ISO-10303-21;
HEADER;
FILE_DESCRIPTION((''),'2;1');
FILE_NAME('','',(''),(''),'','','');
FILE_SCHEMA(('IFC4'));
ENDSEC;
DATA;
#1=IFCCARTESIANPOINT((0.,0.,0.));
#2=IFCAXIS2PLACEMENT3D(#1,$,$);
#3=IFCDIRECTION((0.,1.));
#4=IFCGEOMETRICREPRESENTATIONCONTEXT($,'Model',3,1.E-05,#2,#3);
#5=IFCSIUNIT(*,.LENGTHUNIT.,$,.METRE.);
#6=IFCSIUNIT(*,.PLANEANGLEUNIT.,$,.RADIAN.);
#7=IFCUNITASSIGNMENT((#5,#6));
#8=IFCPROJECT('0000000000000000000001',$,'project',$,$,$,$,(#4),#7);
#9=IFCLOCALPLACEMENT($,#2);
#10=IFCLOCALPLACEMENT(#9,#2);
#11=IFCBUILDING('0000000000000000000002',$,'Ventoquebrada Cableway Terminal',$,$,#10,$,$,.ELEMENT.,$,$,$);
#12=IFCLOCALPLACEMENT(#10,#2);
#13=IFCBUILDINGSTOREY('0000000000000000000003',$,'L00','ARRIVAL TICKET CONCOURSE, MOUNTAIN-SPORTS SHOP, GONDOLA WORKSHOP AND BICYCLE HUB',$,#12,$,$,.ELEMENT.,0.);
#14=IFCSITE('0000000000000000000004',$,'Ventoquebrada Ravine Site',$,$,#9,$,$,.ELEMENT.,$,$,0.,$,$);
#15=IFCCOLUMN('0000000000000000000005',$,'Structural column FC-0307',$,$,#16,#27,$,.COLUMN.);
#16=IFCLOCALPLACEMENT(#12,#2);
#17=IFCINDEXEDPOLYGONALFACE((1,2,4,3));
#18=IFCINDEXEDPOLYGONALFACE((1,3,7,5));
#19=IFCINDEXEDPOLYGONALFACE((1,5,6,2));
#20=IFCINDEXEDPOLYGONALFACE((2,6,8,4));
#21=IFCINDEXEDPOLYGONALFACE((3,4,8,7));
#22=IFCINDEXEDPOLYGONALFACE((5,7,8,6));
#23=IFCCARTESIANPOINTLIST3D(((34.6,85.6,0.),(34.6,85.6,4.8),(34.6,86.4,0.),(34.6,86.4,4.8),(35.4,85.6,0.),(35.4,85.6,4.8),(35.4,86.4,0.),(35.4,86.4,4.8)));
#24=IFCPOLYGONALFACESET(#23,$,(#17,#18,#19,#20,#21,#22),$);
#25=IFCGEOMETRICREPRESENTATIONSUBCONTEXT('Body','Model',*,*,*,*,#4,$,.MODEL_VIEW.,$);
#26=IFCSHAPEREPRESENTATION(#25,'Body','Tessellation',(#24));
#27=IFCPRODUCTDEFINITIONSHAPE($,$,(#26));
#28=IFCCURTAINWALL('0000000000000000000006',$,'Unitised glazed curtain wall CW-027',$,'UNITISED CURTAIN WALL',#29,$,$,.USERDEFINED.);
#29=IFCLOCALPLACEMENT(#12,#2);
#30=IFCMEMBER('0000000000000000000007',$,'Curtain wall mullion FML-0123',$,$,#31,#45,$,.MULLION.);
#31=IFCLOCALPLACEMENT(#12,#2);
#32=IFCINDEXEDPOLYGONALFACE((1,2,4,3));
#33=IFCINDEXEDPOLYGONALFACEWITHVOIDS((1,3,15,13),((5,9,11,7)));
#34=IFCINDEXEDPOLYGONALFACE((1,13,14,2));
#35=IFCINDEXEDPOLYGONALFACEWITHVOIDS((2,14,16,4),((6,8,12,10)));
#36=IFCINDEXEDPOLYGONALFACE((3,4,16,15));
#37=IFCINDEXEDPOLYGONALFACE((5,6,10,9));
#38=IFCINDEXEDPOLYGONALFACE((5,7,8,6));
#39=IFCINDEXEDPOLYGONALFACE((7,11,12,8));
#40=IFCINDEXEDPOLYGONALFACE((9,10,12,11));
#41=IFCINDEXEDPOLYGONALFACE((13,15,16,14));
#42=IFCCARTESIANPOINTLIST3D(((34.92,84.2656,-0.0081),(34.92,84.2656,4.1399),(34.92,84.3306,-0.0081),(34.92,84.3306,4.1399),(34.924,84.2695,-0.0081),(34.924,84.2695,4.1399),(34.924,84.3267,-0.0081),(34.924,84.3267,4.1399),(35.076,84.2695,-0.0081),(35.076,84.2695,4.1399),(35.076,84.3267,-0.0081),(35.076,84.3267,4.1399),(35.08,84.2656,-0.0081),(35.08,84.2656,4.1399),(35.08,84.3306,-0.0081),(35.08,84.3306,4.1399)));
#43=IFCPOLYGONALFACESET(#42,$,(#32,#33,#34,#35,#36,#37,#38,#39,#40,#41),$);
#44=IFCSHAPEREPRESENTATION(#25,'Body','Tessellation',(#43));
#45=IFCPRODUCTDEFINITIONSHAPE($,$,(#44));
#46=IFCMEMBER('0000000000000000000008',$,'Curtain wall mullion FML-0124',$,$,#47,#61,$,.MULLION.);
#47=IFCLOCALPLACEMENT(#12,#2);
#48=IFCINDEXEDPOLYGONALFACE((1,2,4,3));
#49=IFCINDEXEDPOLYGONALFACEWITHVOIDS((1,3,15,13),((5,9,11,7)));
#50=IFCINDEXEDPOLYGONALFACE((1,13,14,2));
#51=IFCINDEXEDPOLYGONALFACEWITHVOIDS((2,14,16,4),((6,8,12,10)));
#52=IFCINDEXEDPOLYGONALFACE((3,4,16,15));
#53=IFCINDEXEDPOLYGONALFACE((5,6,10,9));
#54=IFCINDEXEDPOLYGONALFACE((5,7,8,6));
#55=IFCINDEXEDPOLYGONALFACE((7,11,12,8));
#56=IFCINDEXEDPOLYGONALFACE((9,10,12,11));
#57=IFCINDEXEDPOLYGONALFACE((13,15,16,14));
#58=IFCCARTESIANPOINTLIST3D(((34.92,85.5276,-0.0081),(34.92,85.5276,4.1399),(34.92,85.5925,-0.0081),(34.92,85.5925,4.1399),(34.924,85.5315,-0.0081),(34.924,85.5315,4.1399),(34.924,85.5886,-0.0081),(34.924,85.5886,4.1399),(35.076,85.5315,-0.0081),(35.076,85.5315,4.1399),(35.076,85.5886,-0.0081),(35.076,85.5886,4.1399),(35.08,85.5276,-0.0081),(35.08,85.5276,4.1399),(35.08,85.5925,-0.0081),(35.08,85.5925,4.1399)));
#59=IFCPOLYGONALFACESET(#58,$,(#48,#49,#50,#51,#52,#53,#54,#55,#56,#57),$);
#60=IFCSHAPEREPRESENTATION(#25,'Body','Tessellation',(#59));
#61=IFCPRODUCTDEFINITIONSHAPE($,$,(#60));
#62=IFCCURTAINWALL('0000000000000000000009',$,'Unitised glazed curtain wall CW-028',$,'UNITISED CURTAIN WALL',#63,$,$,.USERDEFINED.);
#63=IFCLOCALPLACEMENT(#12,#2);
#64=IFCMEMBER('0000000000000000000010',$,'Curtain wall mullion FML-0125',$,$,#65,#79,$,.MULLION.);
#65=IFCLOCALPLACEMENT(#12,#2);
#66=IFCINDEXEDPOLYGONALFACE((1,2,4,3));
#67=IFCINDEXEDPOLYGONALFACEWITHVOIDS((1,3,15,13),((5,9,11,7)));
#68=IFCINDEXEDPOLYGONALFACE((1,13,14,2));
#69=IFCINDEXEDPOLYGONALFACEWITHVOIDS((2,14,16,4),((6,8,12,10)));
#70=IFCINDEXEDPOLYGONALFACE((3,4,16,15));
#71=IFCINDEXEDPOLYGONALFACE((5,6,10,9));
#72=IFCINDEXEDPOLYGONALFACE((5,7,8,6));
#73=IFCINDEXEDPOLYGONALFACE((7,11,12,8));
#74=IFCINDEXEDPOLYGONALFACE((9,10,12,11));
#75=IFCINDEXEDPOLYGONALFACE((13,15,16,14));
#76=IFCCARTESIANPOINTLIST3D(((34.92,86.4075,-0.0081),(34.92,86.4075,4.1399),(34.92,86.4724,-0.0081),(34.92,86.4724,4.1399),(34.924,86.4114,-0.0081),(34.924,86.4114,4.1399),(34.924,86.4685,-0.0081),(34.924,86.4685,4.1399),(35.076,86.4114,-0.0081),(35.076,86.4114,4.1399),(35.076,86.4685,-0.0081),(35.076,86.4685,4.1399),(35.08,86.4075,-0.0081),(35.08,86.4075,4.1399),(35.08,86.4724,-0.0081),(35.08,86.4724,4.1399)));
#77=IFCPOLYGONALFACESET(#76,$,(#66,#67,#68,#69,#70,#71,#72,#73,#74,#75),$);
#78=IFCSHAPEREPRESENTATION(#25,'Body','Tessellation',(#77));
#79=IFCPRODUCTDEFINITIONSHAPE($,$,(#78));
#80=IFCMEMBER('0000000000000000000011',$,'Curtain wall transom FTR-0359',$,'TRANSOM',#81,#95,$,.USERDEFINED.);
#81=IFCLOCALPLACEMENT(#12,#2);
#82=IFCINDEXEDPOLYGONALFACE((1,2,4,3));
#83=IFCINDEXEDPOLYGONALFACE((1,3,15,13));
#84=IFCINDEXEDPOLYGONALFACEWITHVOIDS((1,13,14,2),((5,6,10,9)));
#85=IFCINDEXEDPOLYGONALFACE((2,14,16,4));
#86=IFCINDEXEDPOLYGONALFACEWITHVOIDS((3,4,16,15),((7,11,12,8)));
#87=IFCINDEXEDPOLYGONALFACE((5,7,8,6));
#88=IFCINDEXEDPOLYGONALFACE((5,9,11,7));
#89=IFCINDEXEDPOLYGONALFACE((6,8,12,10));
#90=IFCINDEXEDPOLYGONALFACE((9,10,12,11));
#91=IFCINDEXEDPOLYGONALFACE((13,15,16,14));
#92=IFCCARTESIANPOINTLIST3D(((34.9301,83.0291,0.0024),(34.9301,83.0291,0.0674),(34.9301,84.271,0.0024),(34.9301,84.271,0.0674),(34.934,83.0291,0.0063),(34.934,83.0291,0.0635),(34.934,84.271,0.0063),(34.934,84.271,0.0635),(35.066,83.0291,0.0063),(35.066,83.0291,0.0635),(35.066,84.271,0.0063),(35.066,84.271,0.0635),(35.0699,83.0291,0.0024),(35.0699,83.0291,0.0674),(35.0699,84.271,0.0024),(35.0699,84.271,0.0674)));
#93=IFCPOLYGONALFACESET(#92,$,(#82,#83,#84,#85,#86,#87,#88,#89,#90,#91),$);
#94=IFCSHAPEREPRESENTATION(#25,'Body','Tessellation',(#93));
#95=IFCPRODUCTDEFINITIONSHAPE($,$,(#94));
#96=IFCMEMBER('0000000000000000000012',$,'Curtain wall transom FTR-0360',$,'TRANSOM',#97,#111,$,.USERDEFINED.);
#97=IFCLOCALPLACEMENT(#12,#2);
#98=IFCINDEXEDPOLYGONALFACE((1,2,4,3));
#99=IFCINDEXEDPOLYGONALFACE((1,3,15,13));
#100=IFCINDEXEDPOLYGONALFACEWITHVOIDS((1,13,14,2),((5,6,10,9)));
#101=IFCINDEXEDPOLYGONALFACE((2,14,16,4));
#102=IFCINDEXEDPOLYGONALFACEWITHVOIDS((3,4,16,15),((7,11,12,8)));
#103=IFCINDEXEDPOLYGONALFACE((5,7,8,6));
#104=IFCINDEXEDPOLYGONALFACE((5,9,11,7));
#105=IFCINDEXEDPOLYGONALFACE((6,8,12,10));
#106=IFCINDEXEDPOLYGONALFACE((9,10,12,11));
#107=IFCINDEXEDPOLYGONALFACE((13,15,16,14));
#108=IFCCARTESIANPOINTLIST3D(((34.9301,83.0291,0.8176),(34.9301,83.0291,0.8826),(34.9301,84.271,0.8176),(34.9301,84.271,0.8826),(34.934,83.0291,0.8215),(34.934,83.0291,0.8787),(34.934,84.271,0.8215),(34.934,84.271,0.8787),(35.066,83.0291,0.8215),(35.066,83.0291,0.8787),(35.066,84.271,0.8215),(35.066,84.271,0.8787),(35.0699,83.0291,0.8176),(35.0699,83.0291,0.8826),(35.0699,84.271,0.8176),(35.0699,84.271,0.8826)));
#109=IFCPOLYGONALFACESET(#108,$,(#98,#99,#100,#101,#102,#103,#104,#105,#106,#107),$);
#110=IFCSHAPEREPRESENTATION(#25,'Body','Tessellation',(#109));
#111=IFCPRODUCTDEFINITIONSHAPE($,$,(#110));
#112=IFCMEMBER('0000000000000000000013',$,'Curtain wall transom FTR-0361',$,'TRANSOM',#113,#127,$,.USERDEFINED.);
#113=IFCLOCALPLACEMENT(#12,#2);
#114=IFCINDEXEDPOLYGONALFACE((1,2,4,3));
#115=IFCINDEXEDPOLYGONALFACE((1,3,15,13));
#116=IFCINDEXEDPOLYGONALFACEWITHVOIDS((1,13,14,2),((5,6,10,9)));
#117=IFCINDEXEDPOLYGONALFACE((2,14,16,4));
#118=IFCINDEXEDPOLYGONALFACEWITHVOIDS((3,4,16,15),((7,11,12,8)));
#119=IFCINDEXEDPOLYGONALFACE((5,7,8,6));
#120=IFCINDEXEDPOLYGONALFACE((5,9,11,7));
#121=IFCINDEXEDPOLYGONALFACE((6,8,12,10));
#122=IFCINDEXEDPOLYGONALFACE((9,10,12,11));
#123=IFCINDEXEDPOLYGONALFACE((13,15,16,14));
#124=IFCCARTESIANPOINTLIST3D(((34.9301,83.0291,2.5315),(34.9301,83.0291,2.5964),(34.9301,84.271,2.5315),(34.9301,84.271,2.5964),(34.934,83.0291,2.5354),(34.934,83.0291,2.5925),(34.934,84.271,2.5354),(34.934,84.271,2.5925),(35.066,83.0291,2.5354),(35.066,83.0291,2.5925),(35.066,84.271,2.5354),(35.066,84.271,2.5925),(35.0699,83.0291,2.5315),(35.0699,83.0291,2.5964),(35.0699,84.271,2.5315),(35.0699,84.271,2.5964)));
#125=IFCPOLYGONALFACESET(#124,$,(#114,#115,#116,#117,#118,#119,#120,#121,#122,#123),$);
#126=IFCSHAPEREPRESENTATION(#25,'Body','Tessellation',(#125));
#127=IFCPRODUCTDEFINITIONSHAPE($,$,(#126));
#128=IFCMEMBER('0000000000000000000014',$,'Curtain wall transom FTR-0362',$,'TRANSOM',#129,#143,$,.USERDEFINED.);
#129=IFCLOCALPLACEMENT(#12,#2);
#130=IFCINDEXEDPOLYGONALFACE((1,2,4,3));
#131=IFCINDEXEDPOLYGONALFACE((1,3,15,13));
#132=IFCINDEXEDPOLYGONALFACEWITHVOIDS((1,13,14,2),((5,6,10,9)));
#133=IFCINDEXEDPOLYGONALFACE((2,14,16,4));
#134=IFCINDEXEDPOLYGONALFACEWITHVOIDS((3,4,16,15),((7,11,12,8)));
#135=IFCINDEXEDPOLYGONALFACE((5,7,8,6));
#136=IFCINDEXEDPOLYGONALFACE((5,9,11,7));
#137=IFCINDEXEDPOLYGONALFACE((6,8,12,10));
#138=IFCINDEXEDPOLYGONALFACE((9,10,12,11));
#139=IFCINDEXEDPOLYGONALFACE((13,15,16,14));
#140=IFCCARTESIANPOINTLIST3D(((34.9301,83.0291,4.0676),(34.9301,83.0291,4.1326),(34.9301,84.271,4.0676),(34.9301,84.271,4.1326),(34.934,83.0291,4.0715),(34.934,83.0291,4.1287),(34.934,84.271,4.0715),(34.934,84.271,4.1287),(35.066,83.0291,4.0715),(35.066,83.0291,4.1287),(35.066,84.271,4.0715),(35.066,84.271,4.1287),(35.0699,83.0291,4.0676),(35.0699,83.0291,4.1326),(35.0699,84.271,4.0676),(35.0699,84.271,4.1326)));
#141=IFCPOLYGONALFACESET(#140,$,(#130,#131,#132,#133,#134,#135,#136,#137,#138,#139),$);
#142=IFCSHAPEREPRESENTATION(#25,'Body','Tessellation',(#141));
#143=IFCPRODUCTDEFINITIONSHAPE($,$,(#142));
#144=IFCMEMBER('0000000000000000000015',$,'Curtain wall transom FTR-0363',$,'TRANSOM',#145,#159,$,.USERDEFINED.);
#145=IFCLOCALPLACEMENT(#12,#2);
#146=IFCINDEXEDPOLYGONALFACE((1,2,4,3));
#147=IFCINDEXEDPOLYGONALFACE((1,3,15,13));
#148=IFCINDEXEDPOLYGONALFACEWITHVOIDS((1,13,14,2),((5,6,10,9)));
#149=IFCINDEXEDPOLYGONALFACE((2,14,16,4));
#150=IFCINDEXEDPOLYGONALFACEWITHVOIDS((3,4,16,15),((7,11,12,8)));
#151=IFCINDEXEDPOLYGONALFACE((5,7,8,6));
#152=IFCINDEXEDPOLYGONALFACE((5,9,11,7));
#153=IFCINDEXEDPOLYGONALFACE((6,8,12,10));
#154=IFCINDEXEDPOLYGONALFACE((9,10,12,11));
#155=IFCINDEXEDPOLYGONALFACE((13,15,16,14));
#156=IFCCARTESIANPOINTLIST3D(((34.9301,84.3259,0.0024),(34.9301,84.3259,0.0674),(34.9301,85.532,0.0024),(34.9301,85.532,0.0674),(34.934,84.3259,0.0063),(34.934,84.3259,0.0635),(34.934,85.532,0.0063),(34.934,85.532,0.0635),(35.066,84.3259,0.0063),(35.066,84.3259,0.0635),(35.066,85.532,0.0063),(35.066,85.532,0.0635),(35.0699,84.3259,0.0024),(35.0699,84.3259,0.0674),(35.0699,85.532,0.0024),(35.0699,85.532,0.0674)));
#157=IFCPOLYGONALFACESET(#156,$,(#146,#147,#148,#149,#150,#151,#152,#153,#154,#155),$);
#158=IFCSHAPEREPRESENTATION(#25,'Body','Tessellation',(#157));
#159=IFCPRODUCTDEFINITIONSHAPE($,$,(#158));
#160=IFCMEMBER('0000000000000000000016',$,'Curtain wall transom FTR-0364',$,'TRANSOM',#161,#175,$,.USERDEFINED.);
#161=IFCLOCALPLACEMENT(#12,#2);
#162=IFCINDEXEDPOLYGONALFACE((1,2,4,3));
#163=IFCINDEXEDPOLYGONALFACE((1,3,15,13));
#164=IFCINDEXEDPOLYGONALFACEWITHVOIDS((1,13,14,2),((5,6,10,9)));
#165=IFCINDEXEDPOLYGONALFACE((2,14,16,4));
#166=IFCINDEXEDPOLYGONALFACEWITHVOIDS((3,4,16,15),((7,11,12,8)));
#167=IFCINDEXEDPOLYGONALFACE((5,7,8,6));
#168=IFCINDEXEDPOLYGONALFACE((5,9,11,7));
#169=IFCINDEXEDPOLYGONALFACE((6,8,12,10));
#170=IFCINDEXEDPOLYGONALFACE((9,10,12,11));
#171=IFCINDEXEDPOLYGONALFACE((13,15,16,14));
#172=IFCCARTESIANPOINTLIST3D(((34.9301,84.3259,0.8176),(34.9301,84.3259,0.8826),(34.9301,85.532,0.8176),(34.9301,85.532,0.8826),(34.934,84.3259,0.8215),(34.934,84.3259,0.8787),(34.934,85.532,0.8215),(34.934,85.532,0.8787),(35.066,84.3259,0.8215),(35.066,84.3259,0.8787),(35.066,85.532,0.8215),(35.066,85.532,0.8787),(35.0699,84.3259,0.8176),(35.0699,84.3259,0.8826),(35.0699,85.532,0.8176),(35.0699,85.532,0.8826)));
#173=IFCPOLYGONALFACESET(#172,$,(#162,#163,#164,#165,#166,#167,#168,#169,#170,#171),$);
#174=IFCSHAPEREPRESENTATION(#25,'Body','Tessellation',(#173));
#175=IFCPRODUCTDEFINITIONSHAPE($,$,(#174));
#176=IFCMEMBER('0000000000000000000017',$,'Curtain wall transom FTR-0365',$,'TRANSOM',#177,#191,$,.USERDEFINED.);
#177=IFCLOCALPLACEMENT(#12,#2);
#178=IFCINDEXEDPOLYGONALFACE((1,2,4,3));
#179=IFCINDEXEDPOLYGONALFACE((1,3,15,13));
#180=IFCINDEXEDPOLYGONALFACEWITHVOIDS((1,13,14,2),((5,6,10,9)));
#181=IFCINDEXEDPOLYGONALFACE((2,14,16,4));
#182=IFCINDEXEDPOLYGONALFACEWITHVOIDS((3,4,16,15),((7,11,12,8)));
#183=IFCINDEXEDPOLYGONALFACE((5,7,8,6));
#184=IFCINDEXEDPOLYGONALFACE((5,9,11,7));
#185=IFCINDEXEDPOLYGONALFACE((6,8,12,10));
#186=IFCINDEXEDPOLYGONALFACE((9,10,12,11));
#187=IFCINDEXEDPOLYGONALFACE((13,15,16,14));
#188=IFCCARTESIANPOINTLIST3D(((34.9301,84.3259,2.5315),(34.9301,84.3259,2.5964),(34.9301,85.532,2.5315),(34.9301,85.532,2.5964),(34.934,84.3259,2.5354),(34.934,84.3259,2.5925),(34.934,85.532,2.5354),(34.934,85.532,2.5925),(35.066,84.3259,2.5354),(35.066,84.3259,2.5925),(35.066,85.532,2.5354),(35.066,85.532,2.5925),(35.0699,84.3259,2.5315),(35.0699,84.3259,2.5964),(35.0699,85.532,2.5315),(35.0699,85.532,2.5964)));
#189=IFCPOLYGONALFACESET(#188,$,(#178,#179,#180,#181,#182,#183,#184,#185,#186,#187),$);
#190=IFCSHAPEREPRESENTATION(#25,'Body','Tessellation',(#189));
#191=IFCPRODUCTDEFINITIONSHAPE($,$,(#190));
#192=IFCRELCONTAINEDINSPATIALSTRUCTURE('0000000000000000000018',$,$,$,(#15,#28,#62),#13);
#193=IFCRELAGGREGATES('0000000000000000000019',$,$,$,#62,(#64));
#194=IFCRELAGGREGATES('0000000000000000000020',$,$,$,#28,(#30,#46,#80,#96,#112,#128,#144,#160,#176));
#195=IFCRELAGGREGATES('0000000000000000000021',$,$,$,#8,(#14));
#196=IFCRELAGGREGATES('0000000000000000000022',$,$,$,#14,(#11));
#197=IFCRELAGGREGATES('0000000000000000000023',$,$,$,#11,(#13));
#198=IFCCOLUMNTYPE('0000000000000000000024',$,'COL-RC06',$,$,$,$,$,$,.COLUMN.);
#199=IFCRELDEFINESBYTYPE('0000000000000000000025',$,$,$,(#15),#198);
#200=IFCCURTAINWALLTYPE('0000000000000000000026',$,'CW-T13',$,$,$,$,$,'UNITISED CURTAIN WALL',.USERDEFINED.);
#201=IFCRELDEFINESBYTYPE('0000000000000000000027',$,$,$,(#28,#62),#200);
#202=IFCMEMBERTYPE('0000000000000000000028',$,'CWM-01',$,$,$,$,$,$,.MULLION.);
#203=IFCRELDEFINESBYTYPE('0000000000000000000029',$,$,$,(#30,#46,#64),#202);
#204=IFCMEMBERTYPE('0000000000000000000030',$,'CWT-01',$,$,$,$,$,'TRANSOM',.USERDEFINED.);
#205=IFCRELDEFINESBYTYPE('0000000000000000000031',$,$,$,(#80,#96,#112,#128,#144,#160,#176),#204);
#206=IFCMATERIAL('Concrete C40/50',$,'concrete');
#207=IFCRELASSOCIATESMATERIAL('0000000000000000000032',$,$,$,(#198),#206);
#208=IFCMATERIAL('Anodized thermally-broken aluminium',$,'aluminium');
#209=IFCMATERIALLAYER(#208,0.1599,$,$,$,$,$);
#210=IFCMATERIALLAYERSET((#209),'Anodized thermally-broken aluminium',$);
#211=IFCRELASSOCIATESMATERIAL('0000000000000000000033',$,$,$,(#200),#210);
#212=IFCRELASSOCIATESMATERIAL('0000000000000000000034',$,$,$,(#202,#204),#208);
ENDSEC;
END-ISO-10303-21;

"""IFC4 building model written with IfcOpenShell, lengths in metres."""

from ifc_helpers import new_model, si_unit, direction, frame, origin, origin_2d, place, context, subcontext, project, spatial, rectangle, hollow_rectangle, extrude, material, layer, layer_set, material_profile, profile_set, type_object, element, aggregate, save


model = new_model("IFC4")

# Units and contexts
model_context = context("Model", 3, precision=1e-05, world=origin(), true_north=direction((0.0, 1.0)))
body_context = subcontext(model_context, "Body", "Model", "MODEL_VIEW")
ifc_project = project(units=[si_unit("LENGTHUNIT", "METRE"), si_unit("PLANEANGLEUNIT", "RADIAN")], contexts=[model_context])

# Site, building, storey
site_placement = place(None, origin())
site = spatial("IfcSite", under=ifc_project, at=site_placement, Name="Ventoquebrada Ravine Site", CompositionType="ELEMENT", RefElevation=0.0)
building_placement = place(site_placement, origin())
building = spatial("IfcBuilding", under=site, at=building_placement, Name="Ventoquebrada Cableway Terminal", CompositionType="ELEMENT")
storey_placement = place(building_placement, origin())
storey = spatial("IfcBuildingStorey", under=building, at=storey_placement, Name="L00", Description="ARRIVAL TICKET CONCOURSE, MOUNTAIN-SPORTS SHOP, GONDOLA WORKSHOP AND BICYCLE HUB", CompositionType="ELEMENT", Elevation=0.0)

# Column
ifc_material_1 = material(Name="Concrete C40/50", Category="concrete")
ifc_material_profile_1 = material_profile(ifc_material_1, rectangle(XDim=0.8, YDim=0.8, at=origin_2d()), Name="RC-COL-800X800")
ifc_profile_set_1 = profile_set([ifc_material_profile_1], Name="Concrete C40/50")
column_type = type_object("IfcColumnType", Name="COL-RC06", PredefinedType="COLUMN", material=ifc_profile_set_1)
column_placement = place(storey_placement, frame((35.0, 86.0, 0.0), z_axis=(0.0, 0.0, 1.0), x_axis=(1.0, 0.0, 0.0)))
element("IfcColumn", 1, at=column_placement, inside=storey, type_object=column_type, Name="Structural column FC-0307", PredefinedType="COLUMN", context=body_context, shape_type="SweptSolid", body=[
    extrude(rectangle(XDim=0.8, YDim=0.8, at=origin_2d()), origin(), (0.0, 0.0, 1.0), 4.8),
])

# Curtain wall, members
ifc_material_2 = material(Name="Anodized thermally-broken aluminium", Category="aluminium")
ifc_layer_1 = layer(ifc_material_2, 0.1599)
ifc_layer_set_1 = layer_set([ifc_layer_1], Name="Anodized thermally-broken aluminium")
curtain_wall_type = type_object("IfcCurtainWallType", Name="CW-T13", ElementType="UNITISED CURTAIN WALL", PredefinedType="USERDEFINED", material=ifc_layer_set_1)
curtain_wall_1_placement = place(storey_placement, origin())
curtain_wall_1 = element("IfcCurtainWall", 2, at=curtain_wall_1_placement, inside=storey, type_object=curtain_wall_type, Name="Unitised glazed curtain wall CW-027", ObjectType="UNITISED CURTAIN WALL", PredefinedType="USERDEFINED")
ifc_material_profile_2 = material_profile(ifc_material_2, hollow_rectangle(XDim=0.0649, YDim=0.1599, WallThickness=0.0039, at=origin_2d()), Name="CW-MUL-65X160")
ifc_profile_set_2 = profile_set([ifc_material_profile_2], Name="Anodized thermally-broken aluminium")
member_type_1 = type_object("IfcMemberType", Name="CWM-01", PredefinedType="MULLION", material=ifc_profile_set_2)
member_1_placement = place(storey_placement, frame((35.0, 84.2981, -0.0081), z_axis=(0.0, 0.0, 1.0), x_axis=(0.0, 1.0, 0.0)))
member_1 = element("IfcMember", 3, at=member_1_placement, type_object=member_type_1, Name="Curtain wall mullion FML-0123", PredefinedType="MULLION", context=body_context, shape_type="SweptSolid", body=[
    extrude(hollow_rectangle(XDim=0.0649, YDim=0.1599, WallThickness=0.0039, at=origin_2d()), origin(), (0.0, 0.0, 1.0), 4.1479),
])
member_2_placement = place(storey_placement, frame((35.0, 85.5601, -0.0081), z_axis=(0.0, 0.0, 1.0), x_axis=(0.0, 1.0, 0.0)))
member_2 = element("IfcMember", 4, at=member_2_placement, type_object=member_type_1, Name="Curtain wall mullion FML-0124", PredefinedType="MULLION", context=body_context, shape_type="SweptSolid", body=[
    extrude(hollow_rectangle(XDim=0.0649, YDim=0.1599, WallThickness=0.0039, at=origin_2d()), origin(), (0.0, 0.0, 1.0), 4.1479),
])

# Curtain wall, member
curtain_wall_2_placement = place(storey_placement, origin())
curtain_wall_2 = element("IfcCurtainWall", 5, at=curtain_wall_2_placement, inside=storey, type_object=curtain_wall_type, Name="Unitised glazed curtain wall CW-028", ObjectType="UNITISED CURTAIN WALL", PredefinedType="USERDEFINED")
member_3_placement = place(storey_placement, frame((35.0, 86.4399, -0.0081), z_axis=(0.0, 0.0, 1.0), x_axis=(0.0, 1.0, 0.0)))
member_3 = element("IfcMember", 6, at=member_3_placement, type_object=member_type_1, Name="Curtain wall mullion FML-0125", PredefinedType="MULLION", context=body_context, shape_type="SweptSolid", body=[
    extrude(hollow_rectangle(XDim=0.0649, YDim=0.1599, WallThickness=0.0039, at=origin_2d()), origin(), (0.0, 0.0, 1.0), 4.1479),
])

# Members
ifc_material_profile_3 = material_profile(ifc_material_2, hollow_rectangle(XDim=0.0649, YDim=0.1399, WallThickness=0.0039, at=origin_2d()), Name="CW-TRN-65X140")
ifc_profile_set_3 = profile_set([ifc_material_profile_3], Name="Anodized thermally-broken aluminium")
member_type_2 = type_object("IfcMemberType", Name="CWT-01", ElementType="TRANSOM", PredefinedType="USERDEFINED", material=ifc_profile_set_3)
member_4_placement = place(storey_placement, frame((35.0, 83.0291, 0.0349), z_axis=(0.0, 1.0, 0.0), x_axis=(0.0, 0.0, 1.0)))
member_4 = element("IfcMember", 7, at=member_4_placement, type_object=member_type_2, Name="Curtain wall transom FTR-0359", ObjectType="TRANSOM", PredefinedType="USERDEFINED", context=body_context, shape_type="SweptSolid", body=[
    extrude(hollow_rectangle(XDim=0.0649, YDim=0.1399, WallThickness=0.0039, at=origin_2d()), origin(), (0.0, 0.0, 1.0), 1.2419),
])
member_5_placement = place(storey_placement, frame((35.0, 83.0291, 0.8501), z_axis=(0.0, 1.0, 0.0), x_axis=(0.0, 0.0, 1.0)))
member_5 = element("IfcMember", 8, at=member_5_placement, type_object=member_type_2, Name="Curtain wall transom FTR-0360", ObjectType="TRANSOM", PredefinedType="USERDEFINED", context=body_context, shape_type="SweptSolid", body=[
    extrude(hollow_rectangle(XDim=0.0649, YDim=0.1399, WallThickness=0.0039, at=origin_2d()), origin(), (0.0, 0.0, 1.0), 1.2419),
])
member_6_placement = place(storey_placement, frame((35.0, 83.0291, 2.564), z_axis=(0.0, 1.0, 0.0), x_axis=(0.0, 0.0, 1.0)))
member_6 = element("IfcMember", 9, at=member_6_placement, type_object=member_type_2, Name="Curtain wall transom FTR-0361", ObjectType="TRANSOM", PredefinedType="USERDEFINED", context=body_context, shape_type="SweptSolid", body=[
    extrude(hollow_rectangle(XDim=0.0649, YDim=0.1399, WallThickness=0.0039, at=origin_2d()), origin(), (0.0, 0.0, 1.0), 1.2419),
])
member_7_placement = place(storey_placement, frame((35.0, 83.0291, 4.1001), z_axis=(0.0, 1.0, 0.0), x_axis=(0.0, 0.0, 1.0)))
member_7 = element("IfcMember", 10, at=member_7_placement, type_object=member_type_2, Name="Curtain wall transom FTR-0362", ObjectType="TRANSOM", PredefinedType="USERDEFINED", context=body_context, shape_type="SweptSolid", body=[
    extrude(hollow_rectangle(XDim=0.0649, YDim=0.1399, WallThickness=0.0039, at=origin_2d()), origin(), (0.0, 0.0, 1.0), 1.2419),
])
member_8_placement = place(storey_placement, frame((35.0, 84.3259, 0.0349), z_axis=(0.0, 1.0, 0.0), x_axis=(0.0, 0.0, 1.0)))
member_8 = element("IfcMember", 11, at=member_8_placement, type_object=member_type_2, Name="Curtain wall transom FTR-0363", ObjectType="TRANSOM", PredefinedType="USERDEFINED", context=body_context, shape_type="SweptSolid", body=[
    extrude(hollow_rectangle(XDim=0.0649, YDim=0.1399, WallThickness=0.0039, at=origin_2d()), origin(), (0.0, 0.0, 1.0), 1.2061),
])
member_9_placement = place(storey_placement, frame((35.0, 84.3259, 0.8501), z_axis=(0.0, 1.0, 0.0), x_axis=(0.0, 0.0, 1.0)))
member_9 = element("IfcMember", 12, at=member_9_placement, type_object=member_type_2, Name="Curtain wall transom FTR-0364", ObjectType="TRANSOM", PredefinedType="USERDEFINED", context=body_context, shape_type="SweptSolid", body=[
    extrude(hollow_rectangle(XDim=0.0649, YDim=0.1399, WallThickness=0.0039, at=origin_2d()), origin(), (0.0, 0.0, 1.0), 1.2061),
])
member_10_placement = place(storey_placement, frame((35.0, 84.3259, 2.564), z_axis=(0.0, 1.0, 0.0), x_axis=(0.0, 0.0, 1.0)))
member_10 = element("IfcMember", 13, at=member_10_placement, type_object=member_type_2, Name="Curtain wall transom FTR-0365", ObjectType="TRANSOM", PredefinedType="USERDEFINED", context=body_context, shape_type="SweptSolid", body=[
    extrude(hollow_rectangle(XDim=0.0649, YDim=0.1399, WallThickness=0.0039, at=origin_2d()), origin(), (0.0, 0.0, 1.0), 1.2061),
])
aggregate(curtain_wall_2, [member_3])

aggregate(curtain_wall_1, [member_1, member_2, member_4, member_5, member_6, member_7, member_8, member_9, member_10])

save(model, "model.ifc")
